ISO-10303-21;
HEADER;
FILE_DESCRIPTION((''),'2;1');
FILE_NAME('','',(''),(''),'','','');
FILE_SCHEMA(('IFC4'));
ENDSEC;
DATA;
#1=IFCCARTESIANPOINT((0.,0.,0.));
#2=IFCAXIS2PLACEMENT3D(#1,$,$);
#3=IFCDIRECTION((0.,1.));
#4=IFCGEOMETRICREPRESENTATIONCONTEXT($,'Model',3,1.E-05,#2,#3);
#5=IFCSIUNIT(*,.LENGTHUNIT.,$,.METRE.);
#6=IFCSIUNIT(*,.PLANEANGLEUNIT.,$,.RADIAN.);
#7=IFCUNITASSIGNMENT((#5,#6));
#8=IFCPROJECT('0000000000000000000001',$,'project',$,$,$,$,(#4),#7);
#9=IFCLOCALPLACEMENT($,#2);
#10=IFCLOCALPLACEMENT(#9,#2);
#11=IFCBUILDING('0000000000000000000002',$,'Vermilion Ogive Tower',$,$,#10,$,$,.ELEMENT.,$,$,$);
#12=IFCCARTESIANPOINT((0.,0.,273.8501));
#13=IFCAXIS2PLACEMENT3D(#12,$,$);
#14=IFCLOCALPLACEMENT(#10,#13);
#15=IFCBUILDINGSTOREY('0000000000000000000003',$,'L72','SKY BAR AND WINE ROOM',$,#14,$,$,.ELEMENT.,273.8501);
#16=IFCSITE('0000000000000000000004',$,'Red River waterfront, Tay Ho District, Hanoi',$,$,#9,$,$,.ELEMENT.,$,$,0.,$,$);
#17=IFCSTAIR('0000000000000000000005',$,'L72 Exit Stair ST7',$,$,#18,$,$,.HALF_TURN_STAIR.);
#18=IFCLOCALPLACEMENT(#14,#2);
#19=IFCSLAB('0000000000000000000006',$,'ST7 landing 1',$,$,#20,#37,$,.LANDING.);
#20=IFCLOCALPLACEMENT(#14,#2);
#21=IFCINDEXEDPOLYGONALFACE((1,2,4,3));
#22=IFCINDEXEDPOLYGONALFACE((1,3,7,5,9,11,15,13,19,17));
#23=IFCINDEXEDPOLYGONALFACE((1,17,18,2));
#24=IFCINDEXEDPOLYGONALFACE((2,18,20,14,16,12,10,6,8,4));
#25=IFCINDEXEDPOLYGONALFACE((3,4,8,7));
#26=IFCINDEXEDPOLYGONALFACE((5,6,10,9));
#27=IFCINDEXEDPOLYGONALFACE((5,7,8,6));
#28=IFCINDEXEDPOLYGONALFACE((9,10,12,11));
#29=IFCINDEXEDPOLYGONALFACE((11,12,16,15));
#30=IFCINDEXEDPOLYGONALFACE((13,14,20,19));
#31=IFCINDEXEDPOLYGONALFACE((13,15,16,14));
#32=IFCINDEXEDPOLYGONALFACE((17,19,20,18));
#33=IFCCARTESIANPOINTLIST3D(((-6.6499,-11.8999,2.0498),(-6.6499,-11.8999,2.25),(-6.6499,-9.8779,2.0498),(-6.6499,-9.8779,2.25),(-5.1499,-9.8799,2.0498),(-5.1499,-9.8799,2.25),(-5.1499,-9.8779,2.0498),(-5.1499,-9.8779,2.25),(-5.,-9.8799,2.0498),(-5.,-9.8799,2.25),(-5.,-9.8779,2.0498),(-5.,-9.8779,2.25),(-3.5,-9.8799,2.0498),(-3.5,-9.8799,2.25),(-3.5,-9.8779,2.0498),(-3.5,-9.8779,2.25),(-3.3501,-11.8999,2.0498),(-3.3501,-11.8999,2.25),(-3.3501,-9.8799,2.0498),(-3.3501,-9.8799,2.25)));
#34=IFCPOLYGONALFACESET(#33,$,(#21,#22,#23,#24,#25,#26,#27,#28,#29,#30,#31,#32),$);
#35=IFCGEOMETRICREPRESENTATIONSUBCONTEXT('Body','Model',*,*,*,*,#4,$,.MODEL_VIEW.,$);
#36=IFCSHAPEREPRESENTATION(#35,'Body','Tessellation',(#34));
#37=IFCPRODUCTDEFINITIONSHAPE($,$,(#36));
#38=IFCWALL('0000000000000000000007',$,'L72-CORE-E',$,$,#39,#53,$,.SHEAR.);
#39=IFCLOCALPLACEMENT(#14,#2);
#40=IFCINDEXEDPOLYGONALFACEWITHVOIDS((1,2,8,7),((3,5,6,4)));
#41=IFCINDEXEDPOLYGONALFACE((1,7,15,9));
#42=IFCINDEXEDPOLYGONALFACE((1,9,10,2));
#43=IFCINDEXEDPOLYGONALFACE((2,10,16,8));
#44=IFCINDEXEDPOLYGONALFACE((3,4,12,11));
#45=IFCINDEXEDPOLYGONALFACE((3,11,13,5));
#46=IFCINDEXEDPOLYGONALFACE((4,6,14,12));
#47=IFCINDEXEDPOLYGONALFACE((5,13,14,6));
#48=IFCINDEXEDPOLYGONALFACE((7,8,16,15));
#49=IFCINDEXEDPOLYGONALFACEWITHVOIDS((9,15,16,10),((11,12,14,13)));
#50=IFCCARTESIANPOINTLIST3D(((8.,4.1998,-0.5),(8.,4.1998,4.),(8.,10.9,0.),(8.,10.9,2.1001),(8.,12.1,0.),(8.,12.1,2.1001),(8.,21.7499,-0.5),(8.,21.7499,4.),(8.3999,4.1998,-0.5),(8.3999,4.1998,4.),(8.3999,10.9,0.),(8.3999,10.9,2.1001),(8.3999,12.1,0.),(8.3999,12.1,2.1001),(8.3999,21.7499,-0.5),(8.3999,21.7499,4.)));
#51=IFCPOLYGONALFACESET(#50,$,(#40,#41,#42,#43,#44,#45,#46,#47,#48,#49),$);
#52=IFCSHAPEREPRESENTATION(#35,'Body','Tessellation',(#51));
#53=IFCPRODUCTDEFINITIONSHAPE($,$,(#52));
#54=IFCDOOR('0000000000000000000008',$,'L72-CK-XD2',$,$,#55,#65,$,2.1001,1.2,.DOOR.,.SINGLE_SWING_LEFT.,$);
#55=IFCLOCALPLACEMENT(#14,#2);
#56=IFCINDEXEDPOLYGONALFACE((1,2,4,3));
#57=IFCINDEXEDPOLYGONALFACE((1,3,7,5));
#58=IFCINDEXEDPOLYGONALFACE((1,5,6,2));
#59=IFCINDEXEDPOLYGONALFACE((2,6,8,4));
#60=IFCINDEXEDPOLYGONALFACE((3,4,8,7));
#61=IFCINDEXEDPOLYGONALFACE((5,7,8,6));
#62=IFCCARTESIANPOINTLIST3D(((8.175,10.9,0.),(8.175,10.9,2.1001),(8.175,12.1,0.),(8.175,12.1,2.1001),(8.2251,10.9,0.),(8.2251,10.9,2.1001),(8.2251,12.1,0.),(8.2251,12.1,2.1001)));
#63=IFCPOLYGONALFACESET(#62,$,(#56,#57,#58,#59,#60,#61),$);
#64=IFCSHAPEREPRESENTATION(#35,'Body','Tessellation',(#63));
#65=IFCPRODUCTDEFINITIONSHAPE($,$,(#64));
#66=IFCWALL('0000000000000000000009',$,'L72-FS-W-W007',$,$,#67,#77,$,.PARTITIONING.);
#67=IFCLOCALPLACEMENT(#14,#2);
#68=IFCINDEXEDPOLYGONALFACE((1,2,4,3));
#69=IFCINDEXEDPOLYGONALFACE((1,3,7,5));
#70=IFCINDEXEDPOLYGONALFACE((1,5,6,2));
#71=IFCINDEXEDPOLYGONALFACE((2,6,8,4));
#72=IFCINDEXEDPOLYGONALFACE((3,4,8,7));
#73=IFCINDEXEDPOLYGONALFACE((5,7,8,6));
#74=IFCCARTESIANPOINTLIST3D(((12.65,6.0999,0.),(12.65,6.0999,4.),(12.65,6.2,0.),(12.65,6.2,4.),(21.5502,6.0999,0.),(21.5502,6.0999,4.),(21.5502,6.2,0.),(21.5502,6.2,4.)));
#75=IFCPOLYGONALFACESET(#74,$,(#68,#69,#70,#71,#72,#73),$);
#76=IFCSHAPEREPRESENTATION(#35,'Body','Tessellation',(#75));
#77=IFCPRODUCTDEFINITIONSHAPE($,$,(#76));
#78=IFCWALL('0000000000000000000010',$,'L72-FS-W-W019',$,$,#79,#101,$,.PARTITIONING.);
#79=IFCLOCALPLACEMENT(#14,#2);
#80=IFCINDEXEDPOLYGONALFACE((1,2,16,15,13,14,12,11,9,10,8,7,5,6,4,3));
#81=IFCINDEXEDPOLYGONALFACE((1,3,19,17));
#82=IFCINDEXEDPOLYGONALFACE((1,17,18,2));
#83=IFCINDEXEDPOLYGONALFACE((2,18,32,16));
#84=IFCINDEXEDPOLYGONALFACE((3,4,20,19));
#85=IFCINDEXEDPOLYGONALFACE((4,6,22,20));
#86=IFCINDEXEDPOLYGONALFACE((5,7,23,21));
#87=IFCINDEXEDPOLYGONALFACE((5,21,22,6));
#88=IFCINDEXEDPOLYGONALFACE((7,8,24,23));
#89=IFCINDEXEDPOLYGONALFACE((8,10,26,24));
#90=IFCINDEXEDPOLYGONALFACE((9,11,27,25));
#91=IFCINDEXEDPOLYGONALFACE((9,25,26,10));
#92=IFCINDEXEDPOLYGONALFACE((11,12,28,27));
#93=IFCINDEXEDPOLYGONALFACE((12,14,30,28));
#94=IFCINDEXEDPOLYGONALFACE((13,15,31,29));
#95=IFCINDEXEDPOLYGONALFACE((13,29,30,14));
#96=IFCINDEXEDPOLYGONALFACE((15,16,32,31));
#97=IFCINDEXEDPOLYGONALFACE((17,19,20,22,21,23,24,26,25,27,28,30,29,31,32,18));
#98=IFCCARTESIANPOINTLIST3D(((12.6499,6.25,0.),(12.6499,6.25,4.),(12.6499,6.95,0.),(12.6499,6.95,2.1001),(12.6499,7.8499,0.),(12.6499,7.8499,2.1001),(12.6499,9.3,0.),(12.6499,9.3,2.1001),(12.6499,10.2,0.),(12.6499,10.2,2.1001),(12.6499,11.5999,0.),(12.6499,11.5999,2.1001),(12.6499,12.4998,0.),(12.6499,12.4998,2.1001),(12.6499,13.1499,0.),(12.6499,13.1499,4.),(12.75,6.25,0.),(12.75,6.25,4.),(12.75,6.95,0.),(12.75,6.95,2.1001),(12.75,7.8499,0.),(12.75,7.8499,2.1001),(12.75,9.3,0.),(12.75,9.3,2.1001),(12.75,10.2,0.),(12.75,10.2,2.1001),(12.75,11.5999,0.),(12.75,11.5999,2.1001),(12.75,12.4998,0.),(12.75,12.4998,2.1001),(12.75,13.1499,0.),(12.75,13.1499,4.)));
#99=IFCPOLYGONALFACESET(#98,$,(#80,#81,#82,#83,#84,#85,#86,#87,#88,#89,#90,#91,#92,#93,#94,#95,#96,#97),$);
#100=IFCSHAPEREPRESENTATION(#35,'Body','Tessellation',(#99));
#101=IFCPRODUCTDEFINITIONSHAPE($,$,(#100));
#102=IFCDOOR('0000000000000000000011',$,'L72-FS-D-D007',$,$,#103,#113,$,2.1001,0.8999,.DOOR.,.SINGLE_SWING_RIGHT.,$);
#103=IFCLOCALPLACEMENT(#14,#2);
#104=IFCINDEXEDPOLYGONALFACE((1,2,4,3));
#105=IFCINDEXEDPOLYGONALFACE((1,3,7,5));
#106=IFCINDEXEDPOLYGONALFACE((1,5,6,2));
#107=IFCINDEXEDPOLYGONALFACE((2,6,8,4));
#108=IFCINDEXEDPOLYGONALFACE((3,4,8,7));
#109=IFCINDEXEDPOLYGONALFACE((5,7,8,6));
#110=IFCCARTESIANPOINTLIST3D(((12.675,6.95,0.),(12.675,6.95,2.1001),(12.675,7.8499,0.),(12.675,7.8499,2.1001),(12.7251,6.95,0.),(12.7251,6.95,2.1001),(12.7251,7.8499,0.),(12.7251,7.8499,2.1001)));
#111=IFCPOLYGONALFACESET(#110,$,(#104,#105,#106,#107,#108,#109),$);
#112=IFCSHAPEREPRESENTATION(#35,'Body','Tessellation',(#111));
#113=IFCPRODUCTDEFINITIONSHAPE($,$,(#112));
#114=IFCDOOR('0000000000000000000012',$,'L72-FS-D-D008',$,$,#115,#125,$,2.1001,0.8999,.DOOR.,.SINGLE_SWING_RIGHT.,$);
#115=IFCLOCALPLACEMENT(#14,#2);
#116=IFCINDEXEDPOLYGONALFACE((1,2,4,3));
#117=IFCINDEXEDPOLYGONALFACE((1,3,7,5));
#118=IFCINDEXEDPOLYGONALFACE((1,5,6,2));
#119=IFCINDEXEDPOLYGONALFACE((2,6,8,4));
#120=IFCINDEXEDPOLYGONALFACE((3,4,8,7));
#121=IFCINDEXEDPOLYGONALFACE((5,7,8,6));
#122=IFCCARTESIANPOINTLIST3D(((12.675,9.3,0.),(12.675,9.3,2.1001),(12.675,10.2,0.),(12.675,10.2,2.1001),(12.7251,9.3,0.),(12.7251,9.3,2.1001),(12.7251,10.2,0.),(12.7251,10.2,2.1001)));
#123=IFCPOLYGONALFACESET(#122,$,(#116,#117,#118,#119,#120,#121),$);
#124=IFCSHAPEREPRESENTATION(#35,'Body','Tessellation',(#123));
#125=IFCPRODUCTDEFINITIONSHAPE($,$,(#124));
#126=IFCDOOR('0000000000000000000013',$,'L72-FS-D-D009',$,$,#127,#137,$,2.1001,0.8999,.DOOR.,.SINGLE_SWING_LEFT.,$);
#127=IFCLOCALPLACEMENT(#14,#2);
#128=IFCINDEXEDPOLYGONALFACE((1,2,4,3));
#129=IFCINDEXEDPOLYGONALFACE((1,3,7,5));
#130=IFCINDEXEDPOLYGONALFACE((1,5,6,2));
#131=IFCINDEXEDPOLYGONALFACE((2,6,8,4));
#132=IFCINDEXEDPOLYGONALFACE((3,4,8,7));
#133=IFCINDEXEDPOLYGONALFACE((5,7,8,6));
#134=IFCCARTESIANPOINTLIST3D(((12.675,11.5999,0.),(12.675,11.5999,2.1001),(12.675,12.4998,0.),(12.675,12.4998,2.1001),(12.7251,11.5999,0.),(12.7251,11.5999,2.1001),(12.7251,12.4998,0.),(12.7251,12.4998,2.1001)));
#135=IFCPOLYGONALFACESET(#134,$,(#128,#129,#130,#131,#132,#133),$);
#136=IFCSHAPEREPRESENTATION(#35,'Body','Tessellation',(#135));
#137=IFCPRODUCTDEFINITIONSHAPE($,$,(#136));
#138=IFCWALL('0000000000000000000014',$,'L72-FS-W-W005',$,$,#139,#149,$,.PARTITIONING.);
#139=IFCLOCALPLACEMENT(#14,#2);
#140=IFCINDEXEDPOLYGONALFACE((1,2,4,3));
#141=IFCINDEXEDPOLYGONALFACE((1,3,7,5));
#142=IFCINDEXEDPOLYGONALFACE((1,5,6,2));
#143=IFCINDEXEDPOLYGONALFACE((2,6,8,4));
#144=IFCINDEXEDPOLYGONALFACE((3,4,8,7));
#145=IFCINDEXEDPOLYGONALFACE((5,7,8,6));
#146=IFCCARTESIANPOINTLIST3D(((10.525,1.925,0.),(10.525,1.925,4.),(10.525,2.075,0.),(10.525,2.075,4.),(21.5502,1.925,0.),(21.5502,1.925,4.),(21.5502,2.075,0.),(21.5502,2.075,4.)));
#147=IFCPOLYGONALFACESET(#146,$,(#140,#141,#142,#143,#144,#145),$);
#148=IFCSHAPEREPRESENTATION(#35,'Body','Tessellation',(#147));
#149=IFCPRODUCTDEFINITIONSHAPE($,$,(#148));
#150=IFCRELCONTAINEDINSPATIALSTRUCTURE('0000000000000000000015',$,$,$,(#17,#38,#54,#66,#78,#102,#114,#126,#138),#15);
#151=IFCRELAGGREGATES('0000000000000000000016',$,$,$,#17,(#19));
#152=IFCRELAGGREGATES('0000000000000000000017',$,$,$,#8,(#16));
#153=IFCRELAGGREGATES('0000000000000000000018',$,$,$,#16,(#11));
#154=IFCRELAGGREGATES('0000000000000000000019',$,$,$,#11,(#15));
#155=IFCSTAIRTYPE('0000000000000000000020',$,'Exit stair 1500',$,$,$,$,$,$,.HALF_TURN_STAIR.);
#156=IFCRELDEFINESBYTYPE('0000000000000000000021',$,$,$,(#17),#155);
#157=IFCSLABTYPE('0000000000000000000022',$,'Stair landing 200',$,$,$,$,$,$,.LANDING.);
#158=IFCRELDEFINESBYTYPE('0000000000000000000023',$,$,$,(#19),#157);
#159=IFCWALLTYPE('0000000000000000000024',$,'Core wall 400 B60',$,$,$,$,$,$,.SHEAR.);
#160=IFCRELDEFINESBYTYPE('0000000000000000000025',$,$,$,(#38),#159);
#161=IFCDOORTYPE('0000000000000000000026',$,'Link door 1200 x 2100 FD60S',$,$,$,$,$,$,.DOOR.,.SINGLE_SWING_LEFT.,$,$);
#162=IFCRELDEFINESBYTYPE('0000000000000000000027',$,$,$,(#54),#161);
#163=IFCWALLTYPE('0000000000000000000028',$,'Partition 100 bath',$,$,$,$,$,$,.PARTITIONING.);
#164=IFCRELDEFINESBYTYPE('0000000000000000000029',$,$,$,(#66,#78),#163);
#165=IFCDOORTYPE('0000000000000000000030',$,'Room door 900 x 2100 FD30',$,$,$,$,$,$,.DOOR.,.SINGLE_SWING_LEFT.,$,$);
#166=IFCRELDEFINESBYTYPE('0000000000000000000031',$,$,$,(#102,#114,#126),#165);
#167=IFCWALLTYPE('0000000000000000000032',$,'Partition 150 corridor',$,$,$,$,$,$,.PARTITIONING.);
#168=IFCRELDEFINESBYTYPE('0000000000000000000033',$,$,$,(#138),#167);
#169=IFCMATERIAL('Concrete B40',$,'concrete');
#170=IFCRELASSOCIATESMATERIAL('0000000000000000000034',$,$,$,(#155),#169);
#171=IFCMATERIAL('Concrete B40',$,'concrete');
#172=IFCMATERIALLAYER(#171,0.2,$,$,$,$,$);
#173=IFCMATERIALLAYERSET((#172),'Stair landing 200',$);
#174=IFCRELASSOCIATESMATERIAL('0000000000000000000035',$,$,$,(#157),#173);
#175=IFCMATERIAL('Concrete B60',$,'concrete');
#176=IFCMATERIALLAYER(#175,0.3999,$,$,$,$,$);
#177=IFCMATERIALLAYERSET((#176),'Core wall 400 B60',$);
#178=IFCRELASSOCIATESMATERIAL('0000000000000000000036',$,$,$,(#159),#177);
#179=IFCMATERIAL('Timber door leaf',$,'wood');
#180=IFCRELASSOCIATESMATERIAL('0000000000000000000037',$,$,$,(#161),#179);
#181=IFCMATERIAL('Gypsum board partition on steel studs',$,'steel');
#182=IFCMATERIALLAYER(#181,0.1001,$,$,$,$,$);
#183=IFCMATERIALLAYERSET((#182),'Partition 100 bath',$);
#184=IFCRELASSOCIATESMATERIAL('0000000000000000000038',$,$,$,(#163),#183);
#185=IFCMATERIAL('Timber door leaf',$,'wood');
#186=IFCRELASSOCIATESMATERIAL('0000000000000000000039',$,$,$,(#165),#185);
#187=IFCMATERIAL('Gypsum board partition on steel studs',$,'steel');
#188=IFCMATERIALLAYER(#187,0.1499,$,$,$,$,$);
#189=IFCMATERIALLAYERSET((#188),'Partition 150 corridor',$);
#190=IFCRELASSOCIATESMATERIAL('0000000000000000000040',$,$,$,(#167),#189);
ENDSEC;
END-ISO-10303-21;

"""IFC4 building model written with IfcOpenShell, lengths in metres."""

from ifc_helpers import new_model, si_unit, direction, frame, frame_2d, origin, place, context, subcontext, project, spatial, polyline, rectangle, outline, extrude, material, layer, layer_set, type_object, element, fill, aggregate, save


model = new_model("IFC4")

# Units and contexts
model_context = context("Model", 3, precision=1e-05, world=origin(), true_north=direction((0.0, 1.0)))
body_context = subcontext(model_context, "Body", "Model", "MODEL_VIEW")
ifc_project = project(units=[si_unit("LENGTHUNIT", "METRE"), si_unit("PLANEANGLEUNIT", "RADIAN")], contexts=[model_context])

# Site, building, storey
site_placement = place(None, origin())
site = spatial("IfcSite", under=ifc_project, at=site_placement, Name="Red River waterfront, Tay Ho District, Hanoi", CompositionType="ELEMENT", RefElevation=0.0)
building_placement = place(site_placement, origin())
building = spatial("IfcBuilding", under=site, at=building_placement, Name="Vermilion Ogive Tower", CompositionType="ELEMENT")
storey_placement = place(building_placement, frame((0.0, 0.0, 273.8501)))
storey = spatial("IfcBuildingStorey", under=building, at=storey_placement, Name="L72", Description="SKY BAR AND WINE ROOM", CompositionType="ELEMENT", Elevation=273.8501)

# Stair, slab
ifc_material_1 = material(Name="Concrete B40", Category="concrete")
stair_type = type_object("IfcStairType", Name="Exit stair 1500", PredefinedType="HALF_TURN_STAIR", material=ifc_material_1)
ifc_material_2 = material(Name="Concrete B40", Category="concrete")
ifc_layer_1 = layer(ifc_material_2, 0.2)
ifc_layer_set_1 = layer_set([ifc_layer_1], Name="Stair landing 200")
slab_type_1 = type_object("IfcSlabType", Name="Stair landing 200", PredefinedType="LANDING", material=ifc_layer_set_1)
stair_1_placement = place(storey_placement, origin())
stair_1 = element("IfcStair", 1, at=stair_1_placement, inside=storey, type_object=stair_type, Name="L72 Exit Stair ST7", PredefinedType="HALF_TURN_STAIR")
slab_1_placement = place(storey_placement, frame((0.0, 0.0, 2.0498)))
slab_1 = element("IfcSlab", 2, at=slab_1_placement, type_object=slab_type_1, Name="ST7 landing 1", PredefinedType="LANDING", context=body_context, shape_type="SweptSolid", body=[
    extrude(outline(polyline([(-3.3501, -9.8799), (-3.5, -9.8799), (-3.5, -9.8779), (-5.0, -9.8779), (-5.0, -9.8799), (-5.1499, -9.8799), (-5.1499, -9.8779), (-6.6499, -9.8779), (-6.6499, -11.8999), (-3.3501, -11.8999), (-3.3501, -9.8799)])), origin(), (0.0, 0.0, 1.0), 0.2002),
])
aggregate(stair_1, [slab_1])

# Wall, opening, door
ifc_material_3 = material(Name="Concrete B60", Category="concrete")
ifc_layer_2 = layer(ifc_material_3, 0.3999)
ifc_layer_set_2 = layer_set([ifc_layer_2], Name="Core wall 400 B60")
wall_type_1 = type_object("IfcWallType", Name="Core wall 400 B60", PredefinedType="SHEAR", material=ifc_layer_set_2)
wall_1_placement = place(storey_placement, frame((8.2, 4.2, -0.5), z_axis=(0.0, 0.0, 1.0), x_axis=(0.0, 1.0, 0.0)))
wall_1 = element("IfcWall", 3, at=wall_1_placement, inside=storey, type_object=wall_type_1, Name="L72-CORE-E", PredefinedType="SHEAR", context=body_context, shape_type="SweptSolid", body=[
    extrude(rectangle(XDim=17.55, YDim=0.3999, at=frame_2d((8.7749, 0.0))), origin(), (0.0, 0.0, 1.0), 4.5),
])
opening_1_placement = place(wall_1_placement, frame((6.7, 0.0, 0.5)))
opening_1 = element("IfcOpeningElement", 4, at=opening_1_placement, cuts=wall_1, PredefinedType="OPENING", context=body_context, shape_type="SweptSolid", body=[
    extrude(rectangle(XDim=1.2, YDim=2.1001, at=frame_2d((0.6001, 1.05))), frame((0.0, 0.21, 0.0), z_axis=(0.0, -1.0, 0.0), x_axis=(1.0, 0.0, 0.0)), (0.0, 0.0, 1.0), 0.4199),
])
ifc_material_4 = material(Name="Timber door leaf", Category="wood")
door_type_1 = type_object("IfcDoorType", Name="Link door 1200 x 2100 FD60S", OperationType="SINGLE_SWING_LEFT", PredefinedType="DOOR", material=ifc_material_4)
door_1_placement = place(opening_1_placement, origin())
door_1 = element("IfcDoor", 5, at=door_1_placement, inside=storey, type_object=door_type_1, Name="L72-CK-XD2", OperationType="SINGLE_SWING_LEFT", OverallHeight=2.1001, OverallWidth=1.2, PredefinedType="DOOR", context=body_context, shape_type="SweptSolid", body=[
    extrude(rectangle(XDim=1.2, YDim=2.1001, at=frame_2d((0.6001, 1.05))), frame((0.0, 0.0249, 0.0), z_axis=(0.0, -1.0, 0.0), x_axis=(1.0, 0.0, 0.0)), (0.0, 0.0, 1.0), 0.05),
])
fill(opening_1, door_1)

# Wall
ifc_material_5 = material(Name="Gypsum board partition on steel studs", Category="steel")
ifc_layer_3 = layer(ifc_material_5, 0.1001)
ifc_layer_set_3 = layer_set([ifc_layer_3], Name="Partition 100 bath")
wall_type_2 = type_object("IfcWallType", Name="Partition 100 bath", PredefinedType="PARTITIONING", material=ifc_layer_set_3)
wall_2_placement = place(storey_placement, frame((12.6499, 6.1499, 0.0), z_axis=(0.0, 0.0, 1.0), x_axis=(1.0, 0.0, 0.0)))
element("IfcWall", 6, at=wall_2_placement, inside=storey, type_object=wall_type_2, Name="L72-FS-W-W007", PredefinedType="PARTITIONING", context=body_context, shape_type="SweptSolid", body=[
    extrude(rectangle(XDim=8.9001, YDim=0.1001, at=frame_2d((4.4502, 0.0))), origin(), (0.0, 0.0, 1.0), 4.0),
])

# Wall, openings, doors
wall_3_placement = place(storey_placement, frame((12.7, 6.25, 0.0), z_axis=(0.0, 0.0, 1.0), x_axis=(0.0, 1.0, 0.0)))
wall_3 = element("IfcWall", 7, at=wall_3_placement, inside=storey, type_object=wall_type_2, Name="L72-FS-W-W019", PredefinedType="PARTITIONING", context=body_context, shape_type="SweptSolid", body=[
    extrude(rectangle(XDim=6.8999, YDim=0.1001, at=frame_2d((3.45, 0.0))), origin(), (0.0, 0.0, 1.0), 4.0),
])
opening_2_placement = place(wall_3_placement, frame((0.7, 0.0, 0.0)))
opening_2 = element("IfcOpeningElement", 8, at=opening_2_placement, cuts=wall_3, PredefinedType="OPENING", context=body_context, shape_type="SweptSolid", body=[
    extrude(rectangle(XDim=0.8999, YDim=2.1001, at=frame_2d((0.45, 1.05))), frame((0.0, 0.0601, 0.0), z_axis=(0.0, -1.0, 0.0), x_axis=(1.0, 0.0, 0.0)), (0.0, 0.0, 1.0), 0.1201),
])
opening_3_placement = place(wall_3_placement, frame((3.05, 0.0, 0.0)))
opening_3 = element("IfcOpeningElement", 9, at=opening_3_placement, cuts=wall_3, PredefinedType="OPENING", context=body_context, shape_type="SweptSolid", body=[
    extrude(rectangle(XDim=0.8999, YDim=2.1001, at=frame_2d((0.45, 1.05))), frame((0.0, 0.0601, 0.0), z_axis=(0.0, -1.0, 0.0), x_axis=(1.0, 0.0, 0.0)), (0.0, 0.0, 1.0), 0.1201),
])
opening_4_placement = place(wall_3_placement, frame((5.3499, 0.0, 0.0)))
opening_4 = element("IfcOpeningElement", 10, at=opening_4_placement, cuts=wall_3, PredefinedType="OPENING", context=body_context, shape_type="SweptSolid", body=[
    extrude(rectangle(XDim=0.8999, YDim=2.1001, at=frame_2d((0.45, 1.05))), frame((0.0, 0.0601, 0.0), z_axis=(0.0, -1.0, 0.0), x_axis=(1.0, 0.0, 0.0)), (0.0, 0.0, 1.0), 0.1201),
])
ifc_material_6 = material(Name="Timber door leaf", Category="wood")
door_type_2 = type_object("IfcDoorType", Name="Room door 900 x 2100 FD30", OperationType="SINGLE_SWING_LEFT", PredefinedType="DOOR", material=ifc_material_6)
door_2_placement = place(opening_2_placement, origin())
door_2 = element("IfcDoor", 11, at=door_2_placement, inside=storey, type_object=door_type_2, Name="L72-FS-D-D007", OperationType="SINGLE_SWING_RIGHT", OverallHeight=2.1001, OverallWidth=0.8999, PredefinedType="DOOR", context=body_context, shape_type="SweptSolid", body=[
    extrude(rectangle(XDim=0.8999, YDim=2.1001, at=frame_2d((0.45, 1.05))), frame((0.0, 0.0249, 0.0), z_axis=(0.0, -1.0, 0.0), x_axis=(1.0, 0.0, 0.0)), (0.0, 0.0, 1.0), 0.05),
])
fill(opening_2, door_2)
door_3_placement = place(opening_3_placement, origin())
door_3 = element("IfcDoor", 12, at=door_3_placement, inside=storey, type_object=door_type_2, Name="L72-FS-D-D008", OperationType="SINGLE_SWING_RIGHT", OverallHeight=2.1001, OverallWidth=0.8999, PredefinedType="DOOR", context=body_context, shape_type="SweptSolid", body=[
    extrude(rectangle(XDim=0.8999, YDim=2.1001, at=frame_2d((0.45, 1.05))), frame((0.0, 0.0249, 0.0), z_axis=(0.0, -1.0, 0.0), x_axis=(1.0, 0.0, 0.0)), (0.0, 0.0, 1.0), 0.05),
])
fill(opening_3, door_3)
door_4_placement = place(opening_4_placement, origin())
door_4 = element("IfcDoor", 13, at=door_4_placement, inside=storey, type_object=door_type_2, Name="L72-FS-D-D009", OperationType="SINGLE_SWING_LEFT", OverallHeight=2.1001, OverallWidth=0.8999, PredefinedType="DOOR", context=body_context, shape_type="SweptSolid", body=[
    extrude(rectangle(XDim=0.8999, YDim=2.1001, at=frame_2d((0.45, 1.05))), frame((0.0, 0.0249, 0.0), z_axis=(0.0, -1.0, 0.0), x_axis=(1.0, 0.0, 0.0)), (0.0, 0.0, 1.0), 0.05),
])
fill(opening_4, door_4)

# Wall
ifc_material_7 = material(Name="Gypsum board partition on steel studs", Category="steel")
ifc_layer_4 = layer(ifc_material_7, 0.1499)
ifc_layer_set_4 = layer_set([ifc_layer_4], Name="Partition 150 corridor")
wall_type_3 = type_object("IfcWallType", Name="Partition 150 corridor", PredefinedType="PARTITIONING", material=ifc_layer_set_4)
wall_4_placement = place(storey_placement, frame((10.5249, 2.0, 0.0), z_axis=(0.0, 0.0, 1.0), x_axis=(1.0, 0.0, 0.0)))
element("IfcWall", 14, at=wall_4_placement, inside=storey, type_object=wall_type_3, Name="L72-FS-W-W005", PredefinedType="PARTITIONING", context=body_context, shape_type="SweptSolid", body=[
    extrude(rectangle(XDim=11.0251, YDim=0.1499, at=frame_2d((5.5127, 0.0))), origin(), (0.0, 0.0, 1.0), 4.0),
])

save(model, "model.ifc")
